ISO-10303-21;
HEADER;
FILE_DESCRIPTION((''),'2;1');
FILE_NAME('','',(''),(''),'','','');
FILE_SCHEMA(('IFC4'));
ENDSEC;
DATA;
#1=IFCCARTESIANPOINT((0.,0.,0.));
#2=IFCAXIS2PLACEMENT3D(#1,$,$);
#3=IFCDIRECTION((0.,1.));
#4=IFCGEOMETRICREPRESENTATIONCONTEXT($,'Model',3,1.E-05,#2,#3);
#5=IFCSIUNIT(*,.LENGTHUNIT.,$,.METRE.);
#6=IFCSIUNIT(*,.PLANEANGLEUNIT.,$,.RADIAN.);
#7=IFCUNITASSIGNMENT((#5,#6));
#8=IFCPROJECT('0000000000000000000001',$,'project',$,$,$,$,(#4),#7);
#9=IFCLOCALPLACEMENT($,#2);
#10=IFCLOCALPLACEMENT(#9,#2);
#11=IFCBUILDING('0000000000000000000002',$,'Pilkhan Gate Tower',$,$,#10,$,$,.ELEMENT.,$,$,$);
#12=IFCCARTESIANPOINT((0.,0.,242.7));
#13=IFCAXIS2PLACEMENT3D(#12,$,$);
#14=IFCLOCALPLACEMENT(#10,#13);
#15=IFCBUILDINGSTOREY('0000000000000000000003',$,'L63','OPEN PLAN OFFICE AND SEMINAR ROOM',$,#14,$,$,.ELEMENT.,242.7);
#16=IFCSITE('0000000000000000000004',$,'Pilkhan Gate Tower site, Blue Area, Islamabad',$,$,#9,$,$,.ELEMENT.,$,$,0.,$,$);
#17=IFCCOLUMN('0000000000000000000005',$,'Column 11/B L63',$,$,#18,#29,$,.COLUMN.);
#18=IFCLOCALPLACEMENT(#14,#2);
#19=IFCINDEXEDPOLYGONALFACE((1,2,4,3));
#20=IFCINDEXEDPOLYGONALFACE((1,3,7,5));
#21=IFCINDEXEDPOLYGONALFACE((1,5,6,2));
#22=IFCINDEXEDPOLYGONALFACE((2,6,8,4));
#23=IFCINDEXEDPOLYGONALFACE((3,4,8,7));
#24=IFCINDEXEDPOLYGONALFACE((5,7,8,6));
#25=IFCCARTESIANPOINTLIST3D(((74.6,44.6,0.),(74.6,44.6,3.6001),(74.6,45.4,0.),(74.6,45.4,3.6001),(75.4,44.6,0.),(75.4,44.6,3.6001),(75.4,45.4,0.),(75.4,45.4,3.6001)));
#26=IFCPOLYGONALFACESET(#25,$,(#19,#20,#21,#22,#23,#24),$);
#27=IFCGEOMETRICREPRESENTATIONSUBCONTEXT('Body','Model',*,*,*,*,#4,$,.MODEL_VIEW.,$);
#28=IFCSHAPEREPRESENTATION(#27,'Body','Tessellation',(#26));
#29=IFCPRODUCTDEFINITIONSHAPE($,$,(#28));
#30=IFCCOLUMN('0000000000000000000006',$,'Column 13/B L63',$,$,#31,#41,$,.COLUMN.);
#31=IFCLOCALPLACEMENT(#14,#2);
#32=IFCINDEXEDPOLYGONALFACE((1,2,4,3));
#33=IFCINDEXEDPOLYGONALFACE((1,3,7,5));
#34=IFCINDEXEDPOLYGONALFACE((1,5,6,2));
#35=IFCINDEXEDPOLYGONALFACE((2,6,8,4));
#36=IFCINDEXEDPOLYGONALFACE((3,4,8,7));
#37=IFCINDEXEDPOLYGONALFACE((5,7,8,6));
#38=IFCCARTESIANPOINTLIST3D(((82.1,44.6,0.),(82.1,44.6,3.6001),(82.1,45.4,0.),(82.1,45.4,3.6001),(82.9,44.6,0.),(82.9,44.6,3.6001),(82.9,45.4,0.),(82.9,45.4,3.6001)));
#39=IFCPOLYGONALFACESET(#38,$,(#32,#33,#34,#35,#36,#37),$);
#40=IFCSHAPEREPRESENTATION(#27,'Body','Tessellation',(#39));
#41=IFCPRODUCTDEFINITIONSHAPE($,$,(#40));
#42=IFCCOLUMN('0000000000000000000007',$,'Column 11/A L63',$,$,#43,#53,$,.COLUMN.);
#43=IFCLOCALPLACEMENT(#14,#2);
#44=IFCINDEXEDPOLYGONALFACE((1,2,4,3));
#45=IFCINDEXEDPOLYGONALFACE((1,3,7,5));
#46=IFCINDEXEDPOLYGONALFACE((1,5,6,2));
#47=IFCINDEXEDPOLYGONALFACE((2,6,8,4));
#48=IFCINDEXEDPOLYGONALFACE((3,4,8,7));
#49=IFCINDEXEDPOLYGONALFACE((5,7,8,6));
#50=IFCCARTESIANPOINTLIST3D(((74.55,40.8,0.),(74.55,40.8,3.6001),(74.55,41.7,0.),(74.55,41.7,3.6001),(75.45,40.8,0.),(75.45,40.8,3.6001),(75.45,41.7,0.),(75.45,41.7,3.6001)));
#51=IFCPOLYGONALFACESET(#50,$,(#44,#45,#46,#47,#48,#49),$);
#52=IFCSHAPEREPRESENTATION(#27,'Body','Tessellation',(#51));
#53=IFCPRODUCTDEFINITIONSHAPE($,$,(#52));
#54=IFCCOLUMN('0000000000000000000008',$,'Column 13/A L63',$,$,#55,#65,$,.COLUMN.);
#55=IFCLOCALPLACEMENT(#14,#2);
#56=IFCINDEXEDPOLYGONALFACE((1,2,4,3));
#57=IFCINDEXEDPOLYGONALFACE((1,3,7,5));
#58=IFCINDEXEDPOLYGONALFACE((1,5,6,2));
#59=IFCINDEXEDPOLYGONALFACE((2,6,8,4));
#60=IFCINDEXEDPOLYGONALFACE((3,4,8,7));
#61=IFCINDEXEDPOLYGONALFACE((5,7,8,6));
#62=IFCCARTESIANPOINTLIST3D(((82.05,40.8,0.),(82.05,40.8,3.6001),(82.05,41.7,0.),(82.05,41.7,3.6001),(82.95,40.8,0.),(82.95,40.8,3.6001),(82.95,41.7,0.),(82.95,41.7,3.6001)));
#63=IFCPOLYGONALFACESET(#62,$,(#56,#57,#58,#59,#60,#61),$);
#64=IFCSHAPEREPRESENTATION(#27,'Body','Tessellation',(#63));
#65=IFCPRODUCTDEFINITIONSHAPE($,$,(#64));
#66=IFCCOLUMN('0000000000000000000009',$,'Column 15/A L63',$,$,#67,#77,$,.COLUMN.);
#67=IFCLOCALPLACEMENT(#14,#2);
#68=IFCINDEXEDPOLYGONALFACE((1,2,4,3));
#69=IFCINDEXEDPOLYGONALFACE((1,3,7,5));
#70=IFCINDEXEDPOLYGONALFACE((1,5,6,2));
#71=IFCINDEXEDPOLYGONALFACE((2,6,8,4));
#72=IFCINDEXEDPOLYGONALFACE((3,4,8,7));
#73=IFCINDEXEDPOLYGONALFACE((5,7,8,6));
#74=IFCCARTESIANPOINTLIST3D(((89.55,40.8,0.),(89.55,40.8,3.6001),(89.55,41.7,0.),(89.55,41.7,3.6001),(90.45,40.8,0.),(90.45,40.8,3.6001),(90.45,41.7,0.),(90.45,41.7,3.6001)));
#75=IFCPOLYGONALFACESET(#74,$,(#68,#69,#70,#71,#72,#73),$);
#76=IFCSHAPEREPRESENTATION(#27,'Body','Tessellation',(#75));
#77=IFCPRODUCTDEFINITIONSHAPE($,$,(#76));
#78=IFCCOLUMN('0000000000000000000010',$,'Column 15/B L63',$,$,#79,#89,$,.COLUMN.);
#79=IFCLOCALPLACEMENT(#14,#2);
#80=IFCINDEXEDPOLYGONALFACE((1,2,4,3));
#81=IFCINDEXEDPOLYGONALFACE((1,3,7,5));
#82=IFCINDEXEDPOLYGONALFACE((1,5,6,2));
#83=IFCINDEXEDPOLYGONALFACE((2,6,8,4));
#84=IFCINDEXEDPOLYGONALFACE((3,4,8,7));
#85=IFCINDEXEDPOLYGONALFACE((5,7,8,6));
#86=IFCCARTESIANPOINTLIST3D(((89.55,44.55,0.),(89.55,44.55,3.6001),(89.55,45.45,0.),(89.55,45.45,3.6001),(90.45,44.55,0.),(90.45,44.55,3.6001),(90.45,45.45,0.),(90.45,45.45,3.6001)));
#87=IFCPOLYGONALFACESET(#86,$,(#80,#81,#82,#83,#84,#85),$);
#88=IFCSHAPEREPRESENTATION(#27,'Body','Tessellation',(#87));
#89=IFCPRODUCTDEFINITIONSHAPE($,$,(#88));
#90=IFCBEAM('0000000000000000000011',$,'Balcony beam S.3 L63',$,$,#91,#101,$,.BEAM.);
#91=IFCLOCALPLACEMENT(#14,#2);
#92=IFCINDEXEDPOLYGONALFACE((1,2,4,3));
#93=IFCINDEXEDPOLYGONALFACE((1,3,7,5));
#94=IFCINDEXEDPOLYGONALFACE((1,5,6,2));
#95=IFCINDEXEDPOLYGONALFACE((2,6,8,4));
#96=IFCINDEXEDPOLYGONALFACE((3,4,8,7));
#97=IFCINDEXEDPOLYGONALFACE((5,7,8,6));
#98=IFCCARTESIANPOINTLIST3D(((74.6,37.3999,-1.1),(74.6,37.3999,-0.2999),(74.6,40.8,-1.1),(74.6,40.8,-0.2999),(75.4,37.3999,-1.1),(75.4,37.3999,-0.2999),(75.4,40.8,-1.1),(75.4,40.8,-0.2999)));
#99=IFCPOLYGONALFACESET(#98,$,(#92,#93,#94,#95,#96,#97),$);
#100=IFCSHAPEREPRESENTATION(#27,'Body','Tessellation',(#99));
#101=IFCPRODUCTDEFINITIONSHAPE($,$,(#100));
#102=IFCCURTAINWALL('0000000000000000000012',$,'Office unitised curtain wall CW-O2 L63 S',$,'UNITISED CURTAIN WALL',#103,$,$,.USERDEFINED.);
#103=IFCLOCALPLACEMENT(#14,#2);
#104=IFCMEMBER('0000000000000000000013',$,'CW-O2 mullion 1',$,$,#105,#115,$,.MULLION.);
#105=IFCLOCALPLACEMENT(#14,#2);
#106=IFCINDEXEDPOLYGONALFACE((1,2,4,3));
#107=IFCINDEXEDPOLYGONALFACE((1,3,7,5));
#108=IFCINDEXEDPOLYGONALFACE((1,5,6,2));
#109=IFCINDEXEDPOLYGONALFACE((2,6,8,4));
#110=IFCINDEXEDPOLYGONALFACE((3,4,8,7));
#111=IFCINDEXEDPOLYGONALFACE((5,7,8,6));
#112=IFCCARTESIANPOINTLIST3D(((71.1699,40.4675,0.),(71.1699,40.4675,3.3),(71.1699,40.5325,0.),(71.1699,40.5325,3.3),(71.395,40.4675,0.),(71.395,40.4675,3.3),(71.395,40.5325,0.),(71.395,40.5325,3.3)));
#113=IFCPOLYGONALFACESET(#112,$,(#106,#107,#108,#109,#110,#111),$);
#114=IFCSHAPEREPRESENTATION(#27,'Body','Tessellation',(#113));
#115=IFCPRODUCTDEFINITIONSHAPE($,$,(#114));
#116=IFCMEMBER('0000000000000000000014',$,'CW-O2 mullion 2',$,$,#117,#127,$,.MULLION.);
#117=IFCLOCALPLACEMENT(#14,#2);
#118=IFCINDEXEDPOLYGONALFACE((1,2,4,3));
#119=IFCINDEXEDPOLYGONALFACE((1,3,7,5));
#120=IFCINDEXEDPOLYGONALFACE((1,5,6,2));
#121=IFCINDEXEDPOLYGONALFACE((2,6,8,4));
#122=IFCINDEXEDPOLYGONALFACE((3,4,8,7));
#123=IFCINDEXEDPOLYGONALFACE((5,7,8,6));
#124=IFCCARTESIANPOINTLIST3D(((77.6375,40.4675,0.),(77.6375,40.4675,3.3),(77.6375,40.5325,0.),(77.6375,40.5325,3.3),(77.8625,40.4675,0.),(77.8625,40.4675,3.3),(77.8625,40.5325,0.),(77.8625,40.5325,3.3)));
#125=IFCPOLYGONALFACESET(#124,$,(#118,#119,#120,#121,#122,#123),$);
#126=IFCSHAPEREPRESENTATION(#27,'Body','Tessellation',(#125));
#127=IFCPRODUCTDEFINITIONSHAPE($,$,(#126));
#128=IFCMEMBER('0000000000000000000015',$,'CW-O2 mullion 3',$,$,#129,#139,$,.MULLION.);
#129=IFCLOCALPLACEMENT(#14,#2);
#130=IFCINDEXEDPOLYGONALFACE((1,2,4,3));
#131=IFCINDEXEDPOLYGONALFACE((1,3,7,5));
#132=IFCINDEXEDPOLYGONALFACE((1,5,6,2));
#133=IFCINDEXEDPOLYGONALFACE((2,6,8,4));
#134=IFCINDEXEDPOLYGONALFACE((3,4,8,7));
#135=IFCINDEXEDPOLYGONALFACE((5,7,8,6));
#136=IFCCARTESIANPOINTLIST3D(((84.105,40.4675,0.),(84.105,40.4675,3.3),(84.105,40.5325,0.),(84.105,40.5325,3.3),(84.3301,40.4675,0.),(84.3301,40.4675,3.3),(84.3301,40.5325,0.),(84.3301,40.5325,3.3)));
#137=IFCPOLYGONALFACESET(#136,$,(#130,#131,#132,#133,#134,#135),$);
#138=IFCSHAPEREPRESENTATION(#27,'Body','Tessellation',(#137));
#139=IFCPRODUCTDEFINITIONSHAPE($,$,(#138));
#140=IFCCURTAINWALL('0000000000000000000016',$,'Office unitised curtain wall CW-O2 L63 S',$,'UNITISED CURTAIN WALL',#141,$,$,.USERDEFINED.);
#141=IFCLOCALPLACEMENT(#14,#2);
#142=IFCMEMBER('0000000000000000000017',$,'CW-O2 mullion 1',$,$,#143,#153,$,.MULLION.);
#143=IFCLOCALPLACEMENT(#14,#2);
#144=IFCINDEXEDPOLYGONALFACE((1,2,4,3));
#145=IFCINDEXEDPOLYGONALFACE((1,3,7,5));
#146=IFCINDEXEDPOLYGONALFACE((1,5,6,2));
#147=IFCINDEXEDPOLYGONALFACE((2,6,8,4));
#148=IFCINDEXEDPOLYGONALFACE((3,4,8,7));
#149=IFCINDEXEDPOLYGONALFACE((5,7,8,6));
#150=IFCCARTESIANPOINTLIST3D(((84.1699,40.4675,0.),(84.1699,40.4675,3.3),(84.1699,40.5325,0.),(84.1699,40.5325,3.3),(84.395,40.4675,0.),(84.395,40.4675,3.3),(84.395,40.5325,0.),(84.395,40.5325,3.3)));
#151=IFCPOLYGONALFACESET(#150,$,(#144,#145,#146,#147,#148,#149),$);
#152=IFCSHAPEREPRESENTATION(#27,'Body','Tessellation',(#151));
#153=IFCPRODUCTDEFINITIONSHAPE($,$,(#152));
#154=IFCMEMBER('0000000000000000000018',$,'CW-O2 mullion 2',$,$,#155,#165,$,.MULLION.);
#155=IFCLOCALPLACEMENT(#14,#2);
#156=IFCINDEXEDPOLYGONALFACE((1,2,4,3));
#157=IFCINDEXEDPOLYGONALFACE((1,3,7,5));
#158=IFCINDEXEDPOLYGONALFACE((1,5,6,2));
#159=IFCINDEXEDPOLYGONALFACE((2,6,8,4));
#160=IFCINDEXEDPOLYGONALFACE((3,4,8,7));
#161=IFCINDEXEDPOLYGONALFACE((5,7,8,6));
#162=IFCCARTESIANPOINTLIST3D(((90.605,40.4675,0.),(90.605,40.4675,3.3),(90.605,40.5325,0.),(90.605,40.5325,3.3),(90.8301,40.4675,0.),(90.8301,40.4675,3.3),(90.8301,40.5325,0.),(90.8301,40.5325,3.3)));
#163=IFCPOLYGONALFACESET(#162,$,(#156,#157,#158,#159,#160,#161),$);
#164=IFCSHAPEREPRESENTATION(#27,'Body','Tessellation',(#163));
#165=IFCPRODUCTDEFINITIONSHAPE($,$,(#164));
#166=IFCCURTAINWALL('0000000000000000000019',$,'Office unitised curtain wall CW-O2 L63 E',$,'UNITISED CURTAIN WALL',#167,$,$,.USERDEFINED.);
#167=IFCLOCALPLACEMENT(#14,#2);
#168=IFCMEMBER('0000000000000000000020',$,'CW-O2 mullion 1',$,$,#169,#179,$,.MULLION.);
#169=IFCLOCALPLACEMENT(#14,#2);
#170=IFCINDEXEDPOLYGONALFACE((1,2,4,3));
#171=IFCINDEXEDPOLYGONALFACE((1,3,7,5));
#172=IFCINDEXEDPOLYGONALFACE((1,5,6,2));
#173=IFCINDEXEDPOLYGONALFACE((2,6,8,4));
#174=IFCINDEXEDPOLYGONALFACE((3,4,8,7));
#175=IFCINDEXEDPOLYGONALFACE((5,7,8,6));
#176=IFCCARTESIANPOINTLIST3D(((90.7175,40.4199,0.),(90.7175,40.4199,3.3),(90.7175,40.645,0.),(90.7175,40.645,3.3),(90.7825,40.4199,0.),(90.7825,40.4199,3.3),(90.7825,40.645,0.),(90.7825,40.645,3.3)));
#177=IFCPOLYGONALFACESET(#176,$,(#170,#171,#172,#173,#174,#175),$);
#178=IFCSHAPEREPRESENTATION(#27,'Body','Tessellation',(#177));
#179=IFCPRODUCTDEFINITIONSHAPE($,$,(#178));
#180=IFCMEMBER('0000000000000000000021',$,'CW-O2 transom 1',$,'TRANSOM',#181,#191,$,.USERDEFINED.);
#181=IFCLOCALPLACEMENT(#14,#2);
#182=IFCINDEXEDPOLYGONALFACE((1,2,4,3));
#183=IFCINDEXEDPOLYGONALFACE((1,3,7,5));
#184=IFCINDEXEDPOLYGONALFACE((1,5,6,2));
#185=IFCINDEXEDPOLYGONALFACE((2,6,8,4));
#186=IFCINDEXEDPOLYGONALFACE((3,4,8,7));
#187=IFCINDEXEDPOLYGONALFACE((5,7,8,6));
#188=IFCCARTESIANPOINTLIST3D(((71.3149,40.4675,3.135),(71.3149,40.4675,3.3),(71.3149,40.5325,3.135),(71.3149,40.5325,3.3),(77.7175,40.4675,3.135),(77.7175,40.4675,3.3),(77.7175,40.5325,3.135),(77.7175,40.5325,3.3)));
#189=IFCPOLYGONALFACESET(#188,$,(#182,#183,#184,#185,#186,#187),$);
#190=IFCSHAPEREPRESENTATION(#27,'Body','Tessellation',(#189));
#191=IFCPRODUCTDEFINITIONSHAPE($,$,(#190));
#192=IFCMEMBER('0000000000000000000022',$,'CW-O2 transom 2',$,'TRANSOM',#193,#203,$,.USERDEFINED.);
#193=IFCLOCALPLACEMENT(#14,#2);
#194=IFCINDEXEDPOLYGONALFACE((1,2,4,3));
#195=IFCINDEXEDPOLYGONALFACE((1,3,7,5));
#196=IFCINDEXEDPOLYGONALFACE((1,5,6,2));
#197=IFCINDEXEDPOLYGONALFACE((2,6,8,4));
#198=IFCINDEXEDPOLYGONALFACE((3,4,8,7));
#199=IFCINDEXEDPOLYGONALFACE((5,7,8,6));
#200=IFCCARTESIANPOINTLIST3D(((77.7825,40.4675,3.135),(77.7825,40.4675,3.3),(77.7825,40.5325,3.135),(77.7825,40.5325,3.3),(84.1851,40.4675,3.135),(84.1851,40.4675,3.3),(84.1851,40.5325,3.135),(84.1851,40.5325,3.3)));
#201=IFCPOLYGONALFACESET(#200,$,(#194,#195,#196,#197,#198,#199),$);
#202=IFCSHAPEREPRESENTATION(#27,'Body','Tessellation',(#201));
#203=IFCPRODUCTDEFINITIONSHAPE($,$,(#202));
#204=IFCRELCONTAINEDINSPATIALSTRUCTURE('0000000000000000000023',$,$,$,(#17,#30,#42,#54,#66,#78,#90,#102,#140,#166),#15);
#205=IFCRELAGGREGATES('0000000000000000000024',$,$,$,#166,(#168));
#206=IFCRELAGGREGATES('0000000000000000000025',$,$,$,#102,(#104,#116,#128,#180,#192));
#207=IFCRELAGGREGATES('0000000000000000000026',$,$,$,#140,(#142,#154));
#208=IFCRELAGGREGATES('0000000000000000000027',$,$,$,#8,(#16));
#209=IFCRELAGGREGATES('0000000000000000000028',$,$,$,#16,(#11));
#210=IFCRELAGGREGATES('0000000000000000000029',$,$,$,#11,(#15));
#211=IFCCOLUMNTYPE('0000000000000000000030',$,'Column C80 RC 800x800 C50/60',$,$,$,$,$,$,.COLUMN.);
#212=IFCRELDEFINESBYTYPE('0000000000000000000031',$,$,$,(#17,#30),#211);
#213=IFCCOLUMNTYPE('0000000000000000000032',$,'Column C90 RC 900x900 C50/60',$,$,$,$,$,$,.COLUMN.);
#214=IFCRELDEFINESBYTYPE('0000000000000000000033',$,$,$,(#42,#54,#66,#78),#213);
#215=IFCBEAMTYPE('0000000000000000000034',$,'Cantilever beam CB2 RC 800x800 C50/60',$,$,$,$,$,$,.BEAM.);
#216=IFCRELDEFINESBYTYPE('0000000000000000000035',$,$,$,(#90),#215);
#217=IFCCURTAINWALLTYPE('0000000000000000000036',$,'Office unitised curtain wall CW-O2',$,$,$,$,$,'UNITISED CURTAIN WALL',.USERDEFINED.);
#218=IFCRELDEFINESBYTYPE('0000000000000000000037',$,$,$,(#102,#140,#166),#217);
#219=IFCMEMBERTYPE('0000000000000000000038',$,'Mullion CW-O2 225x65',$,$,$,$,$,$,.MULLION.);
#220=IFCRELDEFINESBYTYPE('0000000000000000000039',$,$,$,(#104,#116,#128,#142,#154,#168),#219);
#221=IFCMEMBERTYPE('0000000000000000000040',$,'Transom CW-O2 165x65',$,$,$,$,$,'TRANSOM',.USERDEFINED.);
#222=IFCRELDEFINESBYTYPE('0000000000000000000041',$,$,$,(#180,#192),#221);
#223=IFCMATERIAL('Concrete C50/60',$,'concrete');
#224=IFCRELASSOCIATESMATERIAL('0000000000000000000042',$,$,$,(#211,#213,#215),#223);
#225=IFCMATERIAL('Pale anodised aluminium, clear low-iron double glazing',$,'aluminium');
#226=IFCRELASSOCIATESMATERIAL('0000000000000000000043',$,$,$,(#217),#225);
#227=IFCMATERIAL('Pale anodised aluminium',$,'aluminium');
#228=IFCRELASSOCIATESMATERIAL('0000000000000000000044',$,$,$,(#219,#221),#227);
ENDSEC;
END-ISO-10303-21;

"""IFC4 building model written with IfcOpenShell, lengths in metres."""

from ifc_helpers import new_model, si_unit, direction, frame, origin, origin_2d, place, context, subcontext, project, spatial, rectangle, extrude, material, material_profile, profile_set, type_object, element, aggregate, save


model = new_model("IFC4")

# Units and contexts
model_context = context("Model", 3, precision=1e-05, world=origin(), true_north=direction((0.0, 1.0)))
body_context = subcontext(model_context, "Body", "Model", "MODEL_VIEW")
ifc_project = project(units=[si_unit("LENGTHUNIT", "METRE"), si_unit("PLANEANGLEUNIT", "RADIAN")], contexts=[model_context])

# Site, building, storey
site_placement = place(None, origin())
site = spatial("IfcSite", under=ifc_project, at=site_placement, Name="Pilkhan Gate Tower site, Blue Area, Islamabad", CompositionType="ELEMENT", RefElevation=0.0)
building_placement = place(site_placement, origin())
building = spatial("IfcBuilding", under=site, at=building_placement, Name="Pilkhan Gate Tower", CompositionType="ELEMENT")
storey_placement = place(building_placement, frame((0.0, 0.0, 242.7)))
storey = spatial("IfcBuildingStorey", under=building, at=storey_placement, Name="L63", Description="OPEN PLAN OFFICE AND SEMINAR ROOM", CompositionType="ELEMENT", Elevation=242.7)

# Columns
ifc_material_1 = material(Name="Concrete C50/60", Category="concrete")
ifc_material_profile_1 = material_profile(ifc_material_1, rectangle(XDim=0.8, YDim=0.8, at=origin_2d()), Name="RC 800x800")
ifc_profile_set_1 = profile_set([ifc_material_profile_1], Name="Concrete C50/60")
column_type_1 = type_object("IfcColumnType", Name="Column C80 RC 800x800 C50/60", PredefinedType="COLUMN", material=ifc_profile_set_1)
for number, where, z_axis, x_axis, name in (
    (1, (75.0, 45.0, 0.0), (0.0, 0.0, 1.0), (1.0, 0.0, 0.0), "Column 11/B L63"),
    (2, (82.5, 45.0, 0.0), (0.0, 0.0, 1.0), (1.0, 0.0, 0.0), "Column 13/B L63"),
):
    element("IfcColumn", number, at=place(storey_placement, frame(where, z_axis=z_axis, x_axis=x_axis)), inside=storey, type_object=column_type_1, Name=name, PredefinedType="COLUMN", context=body_context, shape_type="SweptSolid", body=[
        extrude(rectangle(XDim=0.8, YDim=0.8, at=origin_2d()), origin(), (0.0, 0.0, 1.0), 3.6001),
    ])
ifc_material_profile_2 = material_profile(ifc_material_1, rectangle(XDim=0.8999, YDim=0.8999, at=origin_2d()), Name="RC 900x900")
ifc_profile_set_2 = profile_set([ifc_material_profile_2], Name="Concrete C50/60")
column_type_2 = type_object("IfcColumnType", Name="Column C90 RC 900x900 C50/60", PredefinedType="COLUMN", material=ifc_profile_set_2)
for number, where, z_axis, x_axis, name in (
    (3, (75.0, 41.25, 0.0), (0.0, 0.0, 1.0), (1.0, 0.0, 0.0), "Column 11/A L63"),
    (4, (82.5, 41.25, 0.0), (0.0, 0.0, 1.0), (1.0, 0.0, 0.0), "Column 13/A L63"),
    (5, (90.0, 41.25, 0.0), (0.0, 0.0, 1.0), (1.0, 0.0, 0.0), "Column 15/A L63"),
    (6, (90.0, 45.0, 0.0), (0.0, 0.0, 1.0), (1.0, 0.0, 0.0), "Column 15/B L63"),
):
    element("IfcColumn", number, at=place(storey_placement, frame(where, z_axis=z_axis, x_axis=x_axis)), inside=storey, type_object=column_type_2, Name=name, PredefinedType="COLUMN", context=body_context, shape_type="SweptSolid", body=[
        extrude(rectangle(XDim=0.8999, YDim=0.8999, at=origin_2d()), origin(), (0.0, 0.0, 1.0), 3.6001),
    ])

# Beam
ifc_material_profile_3 = material_profile(ifc_material_1, rectangle(XDim=0.8, YDim=0.8, at=origin_2d()), Name="RC 800x800")
ifc_profile_set_3 = profile_set([ifc_material_profile_3], Name="Concrete C50/60")
beam_type = type_object("IfcBeamType", Name="Cantilever beam CB2 RC 800x800 C50/60", PredefinedType="BEAM", material=ifc_profile_set_3)
beam_placement = place(storey_placement, frame((75.0, 40.8, -0.7), z_axis=(0.0, -1.0, 0.0), x_axis=(1.0, 0.0, 0.0)))
element("IfcBeam", 7, at=beam_placement, inside=storey, type_object=beam_type, Name="Balcony beam S.3 L63", PredefinedType="BEAM", context=body_context, shape_type="SweptSolid", body=[
    extrude(rectangle(XDim=0.8, YDim=0.8, at=origin_2d()), origin(), (0.0, 0.0, 1.0), 3.4001),
])

# Curtain walls, members
ifc_material_2 = material(Name="Pale anodised aluminium, clear low-iron double glazing", Category="aluminium")
curtain_wall_type = type_object("IfcCurtainWallType", Name="Office unitised curtain wall CW-O2", ElementType="UNITISED CURTAIN WALL", PredefinedType="USERDEFINED", material=ifc_material_2)
curtain_wall_1_placement = place(storey_placement, origin())
curtain_wall_1 = element("IfcCurtainWall", 8, at=curtain_wall_1_placement, inside=storey, type_object=curtain_wall_type, Name="Office unitised curtain wall CW-O2 L63 S", ObjectType="UNITISED CURTAIN WALL", PredefinedType="USERDEFINED")
ifc_material_3 = material(Name="Pale anodised aluminium", Category="aluminium")
ifc_material_profile_4 = material_profile(ifc_material_3, rectangle(XDim=0.0649, YDim=0.2251, at=origin_2d()), Name="Mullion 225x65")
ifc_profile_set_4 = profile_set([ifc_material_profile_4], Name="Pale anodised aluminium")
member_type_1 = type_object("IfcMemberType", Name="Mullion CW-O2 225x65", PredefinedType="MULLION", material=ifc_profile_set_4)
member_1_placement = place(storey_placement, frame((71.2825, 40.5, 0.0), z_axis=(0.0, 0.0, 1.0), x_axis=(0.0, 1.0, 0.0)))
member_1 = element("IfcMember", 9, at=member_1_placement, type_object=member_type_1, Name="CW-O2 mullion 1", PredefinedType="MULLION", context=body_context, shape_type="SweptSolid", body=[
    extrude(rectangle(XDim=0.0649, YDim=0.2251, at=origin_2d()), origin(), (0.0, 0.0, 1.0), 3.3),
])
member_2_placement = place(storey_placement, frame((77.75, 40.5, 0.0), z_axis=(0.0, 0.0, 1.0), x_axis=(0.0, 1.0, 0.0)))
member_2 = element("IfcMember", 10, at=member_2_placement, type_object=member_type_1, Name="CW-O2 mullion 2", PredefinedType="MULLION", context=body_context, shape_type="SweptSolid", body=[
    extrude(rectangle(XDim=0.0649, YDim=0.2251, at=origin_2d()), origin(), (0.0, 0.0, 1.0), 3.3),
])
member_3_placement = place(storey_placement, frame((84.2175, 40.5, 0.0), z_axis=(0.0, 0.0, 1.0), x_axis=(0.0, 1.0, 0.0)))
member_3 = element("IfcMember", 11, at=member_3_placement, type_object=member_type_1, Name="CW-O2 mullion 3", PredefinedType="MULLION", context=body_context, shape_type="SweptSolid", body=[
    extrude(rectangle(XDim=0.0649, YDim=0.2251, at=origin_2d()), origin(), (0.0, 0.0, 1.0), 3.3),
])
curtain_wall_2_placement = place(storey_placement, origin())
curtain_wall_2 = element("IfcCurtainWall", 12, at=curtain_wall_2_placement, inside=storey, type_object=curtain_wall_type, Name="Office unitised curtain wall CW-O2 L63 S", ObjectType="UNITISED CURTAIN WALL", PredefinedType="USERDEFINED")
member_4_placement = place(storey_placement, frame((84.2825, 40.5, 0.0), z_axis=(0.0, 0.0, 1.0), x_axis=(0.0, 1.0, 0.0)))
member_4 = element("IfcMember", 13, at=member_4_placement, type_object=member_type_1, Name="CW-O2 mullion 1", PredefinedType="MULLION", context=body_context, shape_type="SweptSolid", body=[
    extrude(rectangle(XDim=0.0649, YDim=0.2251, at=origin_2d()), origin(), (0.0, 0.0, 1.0), 3.3),
])
member_5_placement = place(storey_placement, frame((90.7175, 40.5, 0.0), z_axis=(0.0, 0.0, 1.0), x_axis=(0.0, 1.0, 0.0)))
member_5 = element("IfcMember", 14, at=member_5_placement, type_object=member_type_1, Name="CW-O2 mullion 2", PredefinedType="MULLION", context=body_context, shape_type="SweptSolid", body=[
    extrude(rectangle(XDim=0.0649, YDim=0.2251, at=origin_2d()), origin(), (0.0, 0.0, 1.0), 3.3),
])

# Curtain wall, member
curtain_wall_3_placement = place(storey_placement, origin())
curtain_wall_3 = element("IfcCurtainWall", 15, at=curtain_wall_3_placement, inside=storey, type_object=curtain_wall_type, Name="Office unitised curtain wall CW-O2 L63 E", ObjectType="UNITISED CURTAIN WALL", PredefinedType="USERDEFINED")
member_6_placement = place(storey_placement, frame((90.75, 40.5325, 0.0), z_axis=(0.0, 0.0, 1.0), x_axis=(-1.0, 0.0, 0.0)))
member_6 = element("IfcMember", 16, at=member_6_placement, type_object=member_type_1, Name="CW-O2 mullion 1", PredefinedType="MULLION", context=body_context, shape_type="SweptSolid", body=[
    extrude(rectangle(XDim=0.0649, YDim=0.2251, at=origin_2d()), origin(), (0.0, 0.0, 1.0), 3.3),
])

# Members
ifc_material_profile_5 = material_profile(ifc_material_3, rectangle(XDim=0.0649, YDim=0.165, at=origin_2d()), Name="Transom 165x65")
ifc_profile_set_5 = profile_set([ifc_material_profile_5], Name="Pale anodised aluminium")
member_type_2 = type_object("IfcMemberType", Name="Transom CW-O2 165x65", ElementType="TRANSOM", PredefinedType="USERDEFINED", material=ifc_profile_set_5)
member_7_placement = place(storey_placement, frame((71.3149, 40.5, 3.2175), z_axis=(1.0, 0.0, 0.0), x_axis=(0.0, 1.0, 0.0)))
member_7 = element("IfcMember", 17, at=member_7_placement, type_object=member_type_2, Name="CW-O2 transom 1", ObjectType="TRANSOM", PredefinedType="USERDEFINED", context=body_context, shape_type="SweptSolid", body=[
    extrude(rectangle(XDim=0.0649, YDim=0.165, at=origin_2d()), origin(), (0.0, 0.0, 1.0), 6.4026),
])
member_8_placement = place(storey_placement, frame((77.7825, 40.5, 3.2175), z_axis=(1.0, 0.0, 0.0), x_axis=(0.0, 1.0, 0.0)))
member_8 = element("IfcMember", 18, at=member_8_placement, type_object=member_type_2, Name="CW-O2 transom 2", ObjectType="TRANSOM", PredefinedType="USERDEFINED", context=body_context, shape_type="SweptSolid", body=[
    extrude(rectangle(XDim=0.0649, YDim=0.165, at=origin_2d()), origin(), (0.0, 0.0, 1.0), 6.4026),
])
aggregate(curtain_wall_3, [member_6])

aggregate(curtain_wall_1, [member_1, member_2, member_3, member_7, member_8])
aggregate(curtain_wall_2, [member_4, member_5])

save(model, "model.ifc")
